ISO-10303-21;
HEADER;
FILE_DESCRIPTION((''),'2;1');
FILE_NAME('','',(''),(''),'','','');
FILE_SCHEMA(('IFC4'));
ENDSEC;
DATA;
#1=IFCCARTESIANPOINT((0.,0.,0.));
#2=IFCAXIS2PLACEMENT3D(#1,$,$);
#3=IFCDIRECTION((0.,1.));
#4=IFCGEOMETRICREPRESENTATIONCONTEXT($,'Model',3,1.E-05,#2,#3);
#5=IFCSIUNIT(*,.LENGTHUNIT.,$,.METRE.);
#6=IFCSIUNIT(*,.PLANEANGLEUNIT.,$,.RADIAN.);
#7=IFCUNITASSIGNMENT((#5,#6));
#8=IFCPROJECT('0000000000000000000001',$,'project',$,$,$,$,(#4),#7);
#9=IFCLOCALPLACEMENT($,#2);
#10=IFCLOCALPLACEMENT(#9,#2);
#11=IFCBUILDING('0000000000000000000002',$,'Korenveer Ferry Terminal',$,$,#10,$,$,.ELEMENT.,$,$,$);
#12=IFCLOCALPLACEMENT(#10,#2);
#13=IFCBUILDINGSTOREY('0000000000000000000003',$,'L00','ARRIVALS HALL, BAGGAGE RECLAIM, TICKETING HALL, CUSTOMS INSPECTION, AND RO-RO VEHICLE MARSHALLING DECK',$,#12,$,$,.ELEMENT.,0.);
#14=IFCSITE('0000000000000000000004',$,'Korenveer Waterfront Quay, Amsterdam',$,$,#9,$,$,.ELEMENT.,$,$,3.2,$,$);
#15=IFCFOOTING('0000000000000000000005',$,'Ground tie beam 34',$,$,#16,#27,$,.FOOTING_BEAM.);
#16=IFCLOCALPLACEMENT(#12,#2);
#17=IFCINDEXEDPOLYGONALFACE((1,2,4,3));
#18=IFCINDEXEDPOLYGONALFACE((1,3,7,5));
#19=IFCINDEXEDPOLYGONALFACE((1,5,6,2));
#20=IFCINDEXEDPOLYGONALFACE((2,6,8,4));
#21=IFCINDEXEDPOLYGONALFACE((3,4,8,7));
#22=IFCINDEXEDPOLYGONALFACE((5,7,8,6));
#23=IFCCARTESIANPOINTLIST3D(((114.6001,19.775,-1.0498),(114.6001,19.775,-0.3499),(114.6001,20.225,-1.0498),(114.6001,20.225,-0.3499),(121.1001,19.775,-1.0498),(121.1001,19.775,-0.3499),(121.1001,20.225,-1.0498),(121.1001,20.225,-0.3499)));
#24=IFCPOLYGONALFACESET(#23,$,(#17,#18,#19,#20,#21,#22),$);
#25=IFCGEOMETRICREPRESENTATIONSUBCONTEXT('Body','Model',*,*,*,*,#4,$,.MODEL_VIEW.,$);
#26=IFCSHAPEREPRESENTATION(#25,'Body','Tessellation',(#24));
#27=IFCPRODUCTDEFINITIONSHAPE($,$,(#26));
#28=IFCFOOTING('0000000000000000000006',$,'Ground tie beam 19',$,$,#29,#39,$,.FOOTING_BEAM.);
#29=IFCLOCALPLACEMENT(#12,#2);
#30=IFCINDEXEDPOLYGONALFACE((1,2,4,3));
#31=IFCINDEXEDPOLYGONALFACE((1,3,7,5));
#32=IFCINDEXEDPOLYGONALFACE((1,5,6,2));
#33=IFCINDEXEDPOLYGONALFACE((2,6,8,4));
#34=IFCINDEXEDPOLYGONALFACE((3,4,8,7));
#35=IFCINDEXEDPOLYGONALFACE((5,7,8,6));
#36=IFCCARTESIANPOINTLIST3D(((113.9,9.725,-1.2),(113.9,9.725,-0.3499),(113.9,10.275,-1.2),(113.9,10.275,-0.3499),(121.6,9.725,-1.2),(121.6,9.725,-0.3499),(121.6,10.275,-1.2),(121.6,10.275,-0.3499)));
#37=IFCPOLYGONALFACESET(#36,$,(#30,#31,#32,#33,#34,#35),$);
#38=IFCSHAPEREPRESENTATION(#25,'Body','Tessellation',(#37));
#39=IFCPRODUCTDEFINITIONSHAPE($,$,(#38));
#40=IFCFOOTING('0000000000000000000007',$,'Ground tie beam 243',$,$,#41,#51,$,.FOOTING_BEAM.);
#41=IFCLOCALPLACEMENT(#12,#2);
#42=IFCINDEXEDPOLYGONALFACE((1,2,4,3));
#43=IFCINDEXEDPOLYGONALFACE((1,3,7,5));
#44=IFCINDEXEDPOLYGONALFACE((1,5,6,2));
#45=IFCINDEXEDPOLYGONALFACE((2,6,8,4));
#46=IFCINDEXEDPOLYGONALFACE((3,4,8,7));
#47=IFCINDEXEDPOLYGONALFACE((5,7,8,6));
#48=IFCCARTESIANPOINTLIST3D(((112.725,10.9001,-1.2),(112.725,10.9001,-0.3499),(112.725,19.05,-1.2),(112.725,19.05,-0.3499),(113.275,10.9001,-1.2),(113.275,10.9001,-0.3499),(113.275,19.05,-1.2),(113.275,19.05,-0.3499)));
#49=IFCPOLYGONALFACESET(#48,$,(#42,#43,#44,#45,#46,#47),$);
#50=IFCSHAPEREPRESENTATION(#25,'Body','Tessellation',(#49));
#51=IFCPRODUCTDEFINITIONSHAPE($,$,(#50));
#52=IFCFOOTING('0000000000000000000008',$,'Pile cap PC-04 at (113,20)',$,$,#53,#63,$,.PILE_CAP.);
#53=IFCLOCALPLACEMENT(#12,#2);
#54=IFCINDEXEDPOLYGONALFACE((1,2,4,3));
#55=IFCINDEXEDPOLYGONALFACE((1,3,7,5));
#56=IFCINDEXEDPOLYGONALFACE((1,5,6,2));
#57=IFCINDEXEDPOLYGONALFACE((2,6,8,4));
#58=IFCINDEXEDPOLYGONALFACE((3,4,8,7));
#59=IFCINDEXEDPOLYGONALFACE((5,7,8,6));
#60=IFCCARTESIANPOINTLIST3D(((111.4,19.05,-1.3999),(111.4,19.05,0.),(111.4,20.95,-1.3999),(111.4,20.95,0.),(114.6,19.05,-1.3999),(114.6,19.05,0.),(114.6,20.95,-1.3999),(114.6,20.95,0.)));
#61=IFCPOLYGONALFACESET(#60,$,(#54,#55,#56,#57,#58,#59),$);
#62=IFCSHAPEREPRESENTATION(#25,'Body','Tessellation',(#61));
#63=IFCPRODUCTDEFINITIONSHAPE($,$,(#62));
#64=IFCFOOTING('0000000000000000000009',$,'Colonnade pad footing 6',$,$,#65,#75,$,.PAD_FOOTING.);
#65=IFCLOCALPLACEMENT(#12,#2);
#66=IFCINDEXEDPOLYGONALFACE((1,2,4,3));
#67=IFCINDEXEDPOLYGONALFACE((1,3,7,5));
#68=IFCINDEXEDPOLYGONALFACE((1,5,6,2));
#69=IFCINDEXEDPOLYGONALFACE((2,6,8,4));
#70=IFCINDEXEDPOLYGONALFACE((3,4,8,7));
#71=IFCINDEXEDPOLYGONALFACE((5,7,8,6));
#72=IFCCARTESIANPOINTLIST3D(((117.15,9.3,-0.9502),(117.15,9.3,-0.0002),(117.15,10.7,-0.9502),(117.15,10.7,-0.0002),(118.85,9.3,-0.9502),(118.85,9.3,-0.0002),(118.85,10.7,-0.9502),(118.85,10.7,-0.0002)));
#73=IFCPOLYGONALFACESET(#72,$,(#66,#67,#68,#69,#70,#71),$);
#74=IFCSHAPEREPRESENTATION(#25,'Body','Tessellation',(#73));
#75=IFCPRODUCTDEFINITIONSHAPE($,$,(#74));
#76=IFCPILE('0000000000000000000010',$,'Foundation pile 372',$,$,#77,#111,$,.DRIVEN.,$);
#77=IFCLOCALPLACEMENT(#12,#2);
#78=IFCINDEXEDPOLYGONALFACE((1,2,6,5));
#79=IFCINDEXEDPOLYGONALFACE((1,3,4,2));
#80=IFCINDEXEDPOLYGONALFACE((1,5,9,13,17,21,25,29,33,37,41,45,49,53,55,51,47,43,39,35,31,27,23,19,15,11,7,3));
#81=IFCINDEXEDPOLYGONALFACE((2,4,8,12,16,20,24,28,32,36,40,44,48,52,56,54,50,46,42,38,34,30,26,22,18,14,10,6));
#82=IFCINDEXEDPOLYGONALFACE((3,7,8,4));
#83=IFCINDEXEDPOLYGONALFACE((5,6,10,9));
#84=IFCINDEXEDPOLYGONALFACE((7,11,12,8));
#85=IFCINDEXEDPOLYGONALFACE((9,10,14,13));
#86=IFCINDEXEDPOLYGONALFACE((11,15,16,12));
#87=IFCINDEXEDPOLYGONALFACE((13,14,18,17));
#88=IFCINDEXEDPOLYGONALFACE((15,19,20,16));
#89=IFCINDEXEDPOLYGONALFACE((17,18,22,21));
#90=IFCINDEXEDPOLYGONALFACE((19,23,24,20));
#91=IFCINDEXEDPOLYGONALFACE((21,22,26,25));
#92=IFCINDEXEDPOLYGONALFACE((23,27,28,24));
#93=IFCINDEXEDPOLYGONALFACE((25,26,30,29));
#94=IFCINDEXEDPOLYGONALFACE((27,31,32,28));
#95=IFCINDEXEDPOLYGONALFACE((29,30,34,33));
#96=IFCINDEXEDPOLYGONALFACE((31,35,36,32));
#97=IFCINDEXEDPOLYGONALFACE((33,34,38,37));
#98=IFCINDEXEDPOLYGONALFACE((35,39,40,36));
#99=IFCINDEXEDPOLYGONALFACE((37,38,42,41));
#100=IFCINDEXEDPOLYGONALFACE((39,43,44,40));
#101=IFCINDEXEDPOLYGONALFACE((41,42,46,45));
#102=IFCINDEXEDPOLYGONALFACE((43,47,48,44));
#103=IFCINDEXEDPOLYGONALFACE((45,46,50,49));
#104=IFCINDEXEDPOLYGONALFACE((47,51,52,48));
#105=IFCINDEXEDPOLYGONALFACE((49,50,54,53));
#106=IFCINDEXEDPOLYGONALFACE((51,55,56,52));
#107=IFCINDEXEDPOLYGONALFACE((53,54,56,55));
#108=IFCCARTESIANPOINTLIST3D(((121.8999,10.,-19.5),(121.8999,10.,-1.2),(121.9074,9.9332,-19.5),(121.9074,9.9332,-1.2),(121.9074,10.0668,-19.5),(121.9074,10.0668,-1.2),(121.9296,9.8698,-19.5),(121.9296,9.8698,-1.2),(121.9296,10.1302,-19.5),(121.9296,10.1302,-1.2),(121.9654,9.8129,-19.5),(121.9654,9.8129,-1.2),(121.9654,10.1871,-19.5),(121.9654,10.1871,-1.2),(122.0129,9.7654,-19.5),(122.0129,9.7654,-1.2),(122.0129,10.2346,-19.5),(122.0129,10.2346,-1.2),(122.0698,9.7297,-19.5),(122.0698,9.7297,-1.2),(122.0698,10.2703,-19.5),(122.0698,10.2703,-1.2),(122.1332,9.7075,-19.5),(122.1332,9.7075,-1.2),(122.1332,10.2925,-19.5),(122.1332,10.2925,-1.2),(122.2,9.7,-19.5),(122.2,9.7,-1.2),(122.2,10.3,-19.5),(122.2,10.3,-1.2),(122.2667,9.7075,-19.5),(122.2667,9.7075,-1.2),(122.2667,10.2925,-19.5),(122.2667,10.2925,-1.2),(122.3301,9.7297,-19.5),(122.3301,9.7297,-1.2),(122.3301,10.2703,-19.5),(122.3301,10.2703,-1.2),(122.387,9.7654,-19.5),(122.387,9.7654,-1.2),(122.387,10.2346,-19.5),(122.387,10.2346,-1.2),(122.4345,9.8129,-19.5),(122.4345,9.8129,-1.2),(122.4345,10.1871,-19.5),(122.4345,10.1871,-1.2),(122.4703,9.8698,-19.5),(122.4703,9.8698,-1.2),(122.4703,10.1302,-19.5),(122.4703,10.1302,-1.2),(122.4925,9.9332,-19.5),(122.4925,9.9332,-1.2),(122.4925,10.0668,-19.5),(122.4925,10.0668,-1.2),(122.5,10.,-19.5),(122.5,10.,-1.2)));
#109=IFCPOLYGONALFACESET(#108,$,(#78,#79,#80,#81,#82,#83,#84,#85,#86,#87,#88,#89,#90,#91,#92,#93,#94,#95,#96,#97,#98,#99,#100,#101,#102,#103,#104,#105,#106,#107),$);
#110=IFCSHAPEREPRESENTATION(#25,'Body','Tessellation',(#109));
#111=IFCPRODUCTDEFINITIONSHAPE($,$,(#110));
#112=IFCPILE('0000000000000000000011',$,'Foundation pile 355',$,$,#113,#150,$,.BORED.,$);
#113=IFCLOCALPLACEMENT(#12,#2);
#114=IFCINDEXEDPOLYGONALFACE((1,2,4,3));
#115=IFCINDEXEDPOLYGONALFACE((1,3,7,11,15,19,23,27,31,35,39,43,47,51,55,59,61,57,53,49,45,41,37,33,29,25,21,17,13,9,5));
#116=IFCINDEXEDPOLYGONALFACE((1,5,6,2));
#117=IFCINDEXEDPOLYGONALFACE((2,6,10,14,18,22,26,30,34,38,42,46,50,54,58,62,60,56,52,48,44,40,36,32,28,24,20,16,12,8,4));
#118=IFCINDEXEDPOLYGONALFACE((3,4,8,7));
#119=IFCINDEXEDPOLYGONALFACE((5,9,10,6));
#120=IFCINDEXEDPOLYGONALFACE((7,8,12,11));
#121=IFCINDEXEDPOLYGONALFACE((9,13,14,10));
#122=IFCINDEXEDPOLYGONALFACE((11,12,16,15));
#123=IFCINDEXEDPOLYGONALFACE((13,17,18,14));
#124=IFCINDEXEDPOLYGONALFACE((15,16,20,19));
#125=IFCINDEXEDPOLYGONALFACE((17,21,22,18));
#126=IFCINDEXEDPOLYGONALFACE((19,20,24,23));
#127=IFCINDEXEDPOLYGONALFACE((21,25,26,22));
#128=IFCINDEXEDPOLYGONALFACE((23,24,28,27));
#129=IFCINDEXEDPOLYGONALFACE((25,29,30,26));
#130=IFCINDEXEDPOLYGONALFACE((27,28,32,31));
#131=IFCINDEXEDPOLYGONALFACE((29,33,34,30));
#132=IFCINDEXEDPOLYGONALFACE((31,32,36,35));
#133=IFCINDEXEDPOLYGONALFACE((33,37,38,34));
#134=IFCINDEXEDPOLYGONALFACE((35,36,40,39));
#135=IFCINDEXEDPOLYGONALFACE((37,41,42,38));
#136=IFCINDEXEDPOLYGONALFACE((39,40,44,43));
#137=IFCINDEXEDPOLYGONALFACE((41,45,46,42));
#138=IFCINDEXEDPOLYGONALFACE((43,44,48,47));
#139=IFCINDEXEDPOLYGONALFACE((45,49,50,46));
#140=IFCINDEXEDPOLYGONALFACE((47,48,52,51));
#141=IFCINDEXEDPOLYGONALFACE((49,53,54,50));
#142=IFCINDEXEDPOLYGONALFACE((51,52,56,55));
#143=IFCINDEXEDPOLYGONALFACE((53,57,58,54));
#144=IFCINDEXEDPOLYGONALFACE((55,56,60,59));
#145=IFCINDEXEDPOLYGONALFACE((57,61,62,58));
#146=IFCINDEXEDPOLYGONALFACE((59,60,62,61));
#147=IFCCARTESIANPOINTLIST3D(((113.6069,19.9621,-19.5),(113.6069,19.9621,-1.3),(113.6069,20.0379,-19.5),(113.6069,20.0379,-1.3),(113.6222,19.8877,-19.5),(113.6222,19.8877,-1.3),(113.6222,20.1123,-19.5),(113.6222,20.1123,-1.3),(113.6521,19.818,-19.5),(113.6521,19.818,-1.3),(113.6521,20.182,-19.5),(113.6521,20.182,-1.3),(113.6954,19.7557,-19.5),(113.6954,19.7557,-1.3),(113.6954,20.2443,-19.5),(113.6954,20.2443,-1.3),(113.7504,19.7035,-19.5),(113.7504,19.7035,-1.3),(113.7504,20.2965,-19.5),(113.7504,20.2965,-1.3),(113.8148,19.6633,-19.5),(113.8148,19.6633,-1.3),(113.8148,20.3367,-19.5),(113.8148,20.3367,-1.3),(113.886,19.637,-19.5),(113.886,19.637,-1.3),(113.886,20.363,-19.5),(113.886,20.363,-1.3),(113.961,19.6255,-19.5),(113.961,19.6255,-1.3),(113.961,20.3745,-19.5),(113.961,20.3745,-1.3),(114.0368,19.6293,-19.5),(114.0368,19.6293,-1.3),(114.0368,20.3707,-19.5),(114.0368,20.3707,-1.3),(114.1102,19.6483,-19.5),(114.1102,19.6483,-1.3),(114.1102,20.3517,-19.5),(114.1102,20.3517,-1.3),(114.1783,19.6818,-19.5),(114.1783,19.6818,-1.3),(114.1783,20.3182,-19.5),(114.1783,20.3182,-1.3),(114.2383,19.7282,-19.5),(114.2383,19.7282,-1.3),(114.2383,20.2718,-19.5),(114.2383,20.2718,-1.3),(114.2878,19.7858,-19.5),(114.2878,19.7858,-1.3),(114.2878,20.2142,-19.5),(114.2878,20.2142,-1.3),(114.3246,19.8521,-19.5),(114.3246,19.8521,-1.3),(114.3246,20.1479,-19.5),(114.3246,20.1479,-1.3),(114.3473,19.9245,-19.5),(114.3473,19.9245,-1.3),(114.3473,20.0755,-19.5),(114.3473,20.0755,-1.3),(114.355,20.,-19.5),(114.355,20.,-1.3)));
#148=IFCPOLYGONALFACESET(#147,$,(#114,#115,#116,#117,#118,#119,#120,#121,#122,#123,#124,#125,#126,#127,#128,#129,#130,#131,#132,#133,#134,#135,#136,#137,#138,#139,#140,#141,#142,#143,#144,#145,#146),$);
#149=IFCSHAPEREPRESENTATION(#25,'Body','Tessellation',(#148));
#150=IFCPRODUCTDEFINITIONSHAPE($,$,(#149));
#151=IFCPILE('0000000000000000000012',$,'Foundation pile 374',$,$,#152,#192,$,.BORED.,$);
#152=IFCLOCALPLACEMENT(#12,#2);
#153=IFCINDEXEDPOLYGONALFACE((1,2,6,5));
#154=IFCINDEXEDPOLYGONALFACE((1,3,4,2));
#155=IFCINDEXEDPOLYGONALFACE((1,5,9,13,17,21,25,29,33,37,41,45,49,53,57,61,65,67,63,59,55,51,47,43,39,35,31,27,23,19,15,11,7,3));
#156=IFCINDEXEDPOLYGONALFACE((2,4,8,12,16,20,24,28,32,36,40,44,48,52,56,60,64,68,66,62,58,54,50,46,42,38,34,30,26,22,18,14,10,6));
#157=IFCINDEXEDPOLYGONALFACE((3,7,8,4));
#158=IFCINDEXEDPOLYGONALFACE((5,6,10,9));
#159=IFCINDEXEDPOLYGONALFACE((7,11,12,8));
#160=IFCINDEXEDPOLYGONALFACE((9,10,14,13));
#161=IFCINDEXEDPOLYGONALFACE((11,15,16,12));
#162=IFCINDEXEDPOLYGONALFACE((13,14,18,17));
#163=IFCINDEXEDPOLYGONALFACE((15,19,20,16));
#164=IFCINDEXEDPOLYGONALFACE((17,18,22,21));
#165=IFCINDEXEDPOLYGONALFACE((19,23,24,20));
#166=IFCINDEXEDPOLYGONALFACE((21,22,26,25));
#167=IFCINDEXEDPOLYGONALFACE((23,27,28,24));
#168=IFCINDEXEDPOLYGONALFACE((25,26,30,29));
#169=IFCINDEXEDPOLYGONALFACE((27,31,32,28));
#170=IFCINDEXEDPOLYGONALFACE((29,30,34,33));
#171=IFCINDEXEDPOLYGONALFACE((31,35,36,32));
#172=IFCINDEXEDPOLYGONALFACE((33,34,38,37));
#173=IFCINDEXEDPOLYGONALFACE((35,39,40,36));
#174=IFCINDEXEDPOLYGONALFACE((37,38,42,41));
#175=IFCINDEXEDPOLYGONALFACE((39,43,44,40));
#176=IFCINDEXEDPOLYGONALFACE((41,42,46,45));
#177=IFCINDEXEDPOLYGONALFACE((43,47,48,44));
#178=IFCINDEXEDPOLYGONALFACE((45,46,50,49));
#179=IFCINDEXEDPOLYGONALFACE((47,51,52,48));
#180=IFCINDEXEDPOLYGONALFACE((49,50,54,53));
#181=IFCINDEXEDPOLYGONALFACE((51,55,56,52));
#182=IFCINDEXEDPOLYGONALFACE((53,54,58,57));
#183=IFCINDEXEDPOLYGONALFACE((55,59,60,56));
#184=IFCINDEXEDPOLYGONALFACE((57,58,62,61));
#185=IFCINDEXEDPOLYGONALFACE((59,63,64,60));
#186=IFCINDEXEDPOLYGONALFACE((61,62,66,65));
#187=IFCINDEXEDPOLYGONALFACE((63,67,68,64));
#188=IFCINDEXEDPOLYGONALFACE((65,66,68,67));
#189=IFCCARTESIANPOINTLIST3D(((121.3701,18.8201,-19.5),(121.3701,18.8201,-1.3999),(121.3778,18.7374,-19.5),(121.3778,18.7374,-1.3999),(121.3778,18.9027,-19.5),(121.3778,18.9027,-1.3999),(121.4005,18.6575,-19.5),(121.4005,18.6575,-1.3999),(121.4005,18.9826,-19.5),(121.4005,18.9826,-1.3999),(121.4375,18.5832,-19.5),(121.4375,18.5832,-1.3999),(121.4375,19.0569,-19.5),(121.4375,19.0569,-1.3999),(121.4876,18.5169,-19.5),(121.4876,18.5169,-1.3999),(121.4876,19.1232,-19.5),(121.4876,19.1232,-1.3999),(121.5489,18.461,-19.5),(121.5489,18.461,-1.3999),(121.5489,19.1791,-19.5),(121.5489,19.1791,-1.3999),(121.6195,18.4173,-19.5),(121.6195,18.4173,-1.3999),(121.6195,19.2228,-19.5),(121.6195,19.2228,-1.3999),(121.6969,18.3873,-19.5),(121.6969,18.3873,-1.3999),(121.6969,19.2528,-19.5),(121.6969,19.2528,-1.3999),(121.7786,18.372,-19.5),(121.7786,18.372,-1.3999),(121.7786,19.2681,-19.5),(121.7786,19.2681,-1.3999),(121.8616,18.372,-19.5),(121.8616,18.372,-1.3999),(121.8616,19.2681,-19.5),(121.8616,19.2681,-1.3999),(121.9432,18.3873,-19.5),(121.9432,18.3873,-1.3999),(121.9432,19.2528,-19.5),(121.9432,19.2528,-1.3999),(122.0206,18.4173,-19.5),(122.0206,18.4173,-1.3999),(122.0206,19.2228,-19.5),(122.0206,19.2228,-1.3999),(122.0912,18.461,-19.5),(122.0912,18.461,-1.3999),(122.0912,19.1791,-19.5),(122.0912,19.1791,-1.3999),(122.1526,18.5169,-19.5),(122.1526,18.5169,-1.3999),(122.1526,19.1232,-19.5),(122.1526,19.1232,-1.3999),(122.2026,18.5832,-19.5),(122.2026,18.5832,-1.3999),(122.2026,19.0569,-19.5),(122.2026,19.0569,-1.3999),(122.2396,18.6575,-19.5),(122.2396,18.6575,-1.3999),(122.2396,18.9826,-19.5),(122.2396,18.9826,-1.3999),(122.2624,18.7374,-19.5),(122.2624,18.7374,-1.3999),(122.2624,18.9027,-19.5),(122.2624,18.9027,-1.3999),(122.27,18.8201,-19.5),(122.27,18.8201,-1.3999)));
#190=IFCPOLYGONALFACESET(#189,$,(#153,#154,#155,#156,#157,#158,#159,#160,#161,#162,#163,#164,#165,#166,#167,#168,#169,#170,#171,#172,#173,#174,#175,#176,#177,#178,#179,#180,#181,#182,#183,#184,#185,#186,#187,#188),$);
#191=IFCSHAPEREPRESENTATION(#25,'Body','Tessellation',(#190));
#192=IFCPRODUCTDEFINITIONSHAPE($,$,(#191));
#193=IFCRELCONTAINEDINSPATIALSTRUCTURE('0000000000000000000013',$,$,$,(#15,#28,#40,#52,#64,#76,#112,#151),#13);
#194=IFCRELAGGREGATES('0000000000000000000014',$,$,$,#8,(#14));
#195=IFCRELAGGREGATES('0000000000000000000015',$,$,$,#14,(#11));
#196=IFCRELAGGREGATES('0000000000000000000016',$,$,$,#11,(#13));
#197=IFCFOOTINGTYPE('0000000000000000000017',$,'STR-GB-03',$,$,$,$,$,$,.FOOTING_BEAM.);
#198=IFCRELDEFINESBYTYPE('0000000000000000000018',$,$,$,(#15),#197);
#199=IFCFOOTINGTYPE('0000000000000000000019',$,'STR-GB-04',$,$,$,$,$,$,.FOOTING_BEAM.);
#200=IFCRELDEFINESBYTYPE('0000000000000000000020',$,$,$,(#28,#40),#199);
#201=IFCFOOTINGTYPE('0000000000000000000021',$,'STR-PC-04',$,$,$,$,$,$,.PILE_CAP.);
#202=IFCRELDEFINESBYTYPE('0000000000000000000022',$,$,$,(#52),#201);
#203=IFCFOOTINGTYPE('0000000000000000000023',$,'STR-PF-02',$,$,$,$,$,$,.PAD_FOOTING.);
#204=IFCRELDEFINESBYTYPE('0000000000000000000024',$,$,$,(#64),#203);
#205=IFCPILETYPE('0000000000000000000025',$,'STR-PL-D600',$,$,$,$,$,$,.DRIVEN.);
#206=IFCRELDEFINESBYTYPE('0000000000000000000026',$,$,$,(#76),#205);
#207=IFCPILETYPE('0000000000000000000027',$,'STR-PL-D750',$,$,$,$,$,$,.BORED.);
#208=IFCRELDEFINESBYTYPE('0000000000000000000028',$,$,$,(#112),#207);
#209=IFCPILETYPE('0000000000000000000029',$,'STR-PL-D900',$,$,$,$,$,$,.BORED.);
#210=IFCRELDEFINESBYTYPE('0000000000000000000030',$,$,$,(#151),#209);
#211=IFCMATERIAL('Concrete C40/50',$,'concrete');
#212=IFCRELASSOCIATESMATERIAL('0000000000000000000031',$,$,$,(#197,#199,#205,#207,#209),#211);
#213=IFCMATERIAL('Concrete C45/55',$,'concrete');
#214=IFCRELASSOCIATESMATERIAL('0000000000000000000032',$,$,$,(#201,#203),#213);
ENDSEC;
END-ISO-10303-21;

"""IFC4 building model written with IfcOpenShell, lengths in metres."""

from ifc_helpers import new_model, si_unit, direction, frame, origin, origin_2d, place, context, subcontext, project, spatial, rectangle, circle, extrude, material, material_profile, profile_set, type_object, element, save


model = new_model("IFC4")

# Units and contexts
model_context = context("Model", 3, precision=1e-05, world=origin(), true_north=direction((0.0, 1.0)))
body_context = subcontext(model_context, "Body", "Model", "MODEL_VIEW")
ifc_project = project(units=[si_unit("LENGTHUNIT", "METRE"), si_unit("PLANEANGLEUNIT", "RADIAN")], contexts=[model_context])

# Site, building, storey
site_placement = place(None, origin())
site = spatial("IfcSite", under=ifc_project, at=site_placement, Name="Korenveer Waterfront Quay, Amsterdam", CompositionType="ELEMENT", RefElevation=3.2)
building_placement = place(site_placement, origin())
building = spatial("IfcBuilding", under=site, at=building_placement, Name="Korenveer Ferry Terminal", CompositionType="ELEMENT")
storey_placement = place(building_placement, origin())
storey = spatial("IfcBuildingStorey", under=building, at=storey_placement, Name="L00", Description="ARRIVALS HALL, BAGGAGE RECLAIM, TICKETING HALL, CUSTOMS INSPECTION, AND RO-RO VEHICLE MARSHALLING DECK", CompositionType="ELEMENT", Elevation=0.0)

# Footings
ifc_material_1 = material(Name="Concrete C40/50", Category="concrete")
footing_type_1 = type_object("IfcFootingType", Name="STR-GB-03", PredefinedType="FOOTING_BEAM", material=ifc_material_1)
footing_1_placement = place(storey_placement, frame((117.8501, 20.0, -1.0498), z_axis=(0.0, 0.0, 1.0), x_axis=(1.0, 0.0, 0.0)))
element("IfcFooting", 1, at=footing_1_placement, inside=storey, type_object=footing_type_1, Name="Ground tie beam 34", PredefinedType="FOOTING_BEAM", context=body_context, shape_type="SweptSolid", body=[
    extrude(rectangle(XDim=6.5, YDim=0.45, at=origin_2d()), origin(), (0.0, 0.0, 1.0), 0.7),
])
footing_type_2 = type_object("IfcFootingType", Name="STR-GB-04", PredefinedType="FOOTING_BEAM", material=ifc_material_1)
footing_2_placement = place(storey_placement, frame((117.75, 10.0, -1.2), z_axis=(0.0, 0.0, 1.0), x_axis=(1.0, 0.0, 0.0)))
element("IfcFooting", 2, at=footing_2_placement, inside=storey, type_object=footing_type_2, Name="Ground tie beam 19", PredefinedType="FOOTING_BEAM", context=body_context, shape_type="SweptSolid", body=[
    extrude(rectangle(XDim=7.7, YDim=0.55, at=origin_2d()), origin(), (0.0, 0.0, 1.0), 0.8501),
])
footing_3_placement = place(storey_placement, frame((113.0, 14.9751, -1.2), z_axis=(0.0, 0.0, 1.0), x_axis=(1.0, 0.0, 0.0)))
element("IfcFooting", 3, at=footing_3_placement, inside=storey, type_object=footing_type_2, Name="Ground tie beam 243", PredefinedType="FOOTING_BEAM", context=body_context, shape_type="SweptSolid", body=[
    extrude(rectangle(XDim=0.55, YDim=8.1499, at=origin_2d()), origin(), (0.0, 0.0, 1.0), 0.8501),
])
ifc_material_2 = material(Name="Concrete C45/55", Category="concrete")
footing_type_3 = type_object("IfcFootingType", Name="STR-PC-04", PredefinedType="PILE_CAP", material=ifc_material_2)
footing_4_placement = place(storey_placement, frame((113.0, 20.0, -1.3999), z_axis=(0.0, 0.0, 1.0), x_axis=(1.0, 0.0, 0.0)))
element("IfcFooting", 4, at=footing_4_placement, inside=storey, type_object=footing_type_3, Name="Pile cap PC-04 at (113,20)", PredefinedType="PILE_CAP", context=body_context, shape_type="SweptSolid", body=[
    extrude(rectangle(XDim=3.2, YDim=1.8999, at=origin_2d()), origin(), (0.0, 0.0, 1.0), 1.3999),
])
footing_type_4 = type_object("IfcFootingType", Name="STR-PF-02", PredefinedType="PAD_FOOTING", material=ifc_material_2)
footing_5_placement = place(storey_placement, frame((118.0, 10.0, -0.9502), z_axis=(0.0, 0.0, 1.0), x_axis=(1.0, 0.0, 0.0)))
element("IfcFooting", 5, at=footing_5_placement, inside=storey, type_object=footing_type_4, Name="Colonnade pad footing 6", PredefinedType="PAD_FOOTING", context=body_context, shape_type="SweptSolid", body=[
    extrude(rectangle(XDim=1.7, YDim=1.3999, at=origin_2d()), origin(), (0.0, 0.0, 1.0), 0.95),
])

# Piles
ifc_material_profile_1 = material_profile(ifc_material_1, circle(Radius=0.3, at=origin_2d()), Name="PILE D600")
ifc_profile_set_1 = profile_set([ifc_material_profile_1], Name="Concrete C40/50")
pile_type_1 = type_object("IfcPileType", Name="STR-PL-D600", PredefinedType="DRIVEN", material=ifc_profile_set_1)
pile_1_placement = place(storey_placement, frame((122.2, 10.0, -1.2), z_axis=(0.0, 0.0, -1.0), x_axis=(1.0, 0.0, 0.0)))
element("IfcPile", 6, at=pile_1_placement, inside=storey, type_object=pile_type_1, Name="Foundation pile 372", PredefinedType="DRIVEN", context=body_context, shape_type="SweptSolid", body=[
    extrude(circle(Radius=0.3, at=origin_2d()), origin(), (0.0, 0.0, 1.0), 18.3),
])
ifc_material_profile_2 = material_profile(ifc_material_1, circle(Radius=0.375, at=origin_2d()), Name="PILE D750")
ifc_profile_set_2 = profile_set([ifc_material_profile_2], Name="Concrete C40/50")
pile_type_2 = type_object("IfcPileType", Name="STR-PL-D750", PredefinedType="BORED", material=ifc_profile_set_2)
pile_2_placement = place(storey_placement, frame((113.98, 20.0, -1.3), z_axis=(0.0, 0.0, -1.0), x_axis=(1.0, 0.0, 0.0)))
element("IfcPile", 7, at=pile_2_placement, inside=storey, type_object=pile_type_2, Name="Foundation pile 355", PredefinedType="BORED", context=body_context, shape_type="SweptSolid", body=[
    extrude(circle(Radius=0.375, at=origin_2d()), origin(), (0.0, 0.0, 1.0), 18.2),
])
ifc_material_profile_3 = material_profile(ifc_material_1, circle(Radius=0.45, at=origin_2d()), Name="PILE D900")
ifc_profile_set_3 = profile_set([ifc_material_profile_3], Name="Concrete C40/50")
pile_type_3 = type_object("IfcPileType", Name="STR-PL-D900", PredefinedType="BORED", material=ifc_profile_set_3)
pile_3_placement = place(storey_placement, frame((121.8201, 18.8201, -1.3999), z_axis=(0.0, 0.0, -1.0), x_axis=(1.0, 0.0, 0.0)))
element("IfcPile", 8, at=pile_3_placement, inside=storey, type_object=pile_type_3, Name="Foundation pile 374", PredefinedType="BORED", context=body_context, shape_type="SweptSolid", body=[
    extrude(circle(Radius=0.45, at=origin_2d()), origin(), (0.0, 0.0, 1.0), 18.1001),
])

save(model, "model.ifc")
